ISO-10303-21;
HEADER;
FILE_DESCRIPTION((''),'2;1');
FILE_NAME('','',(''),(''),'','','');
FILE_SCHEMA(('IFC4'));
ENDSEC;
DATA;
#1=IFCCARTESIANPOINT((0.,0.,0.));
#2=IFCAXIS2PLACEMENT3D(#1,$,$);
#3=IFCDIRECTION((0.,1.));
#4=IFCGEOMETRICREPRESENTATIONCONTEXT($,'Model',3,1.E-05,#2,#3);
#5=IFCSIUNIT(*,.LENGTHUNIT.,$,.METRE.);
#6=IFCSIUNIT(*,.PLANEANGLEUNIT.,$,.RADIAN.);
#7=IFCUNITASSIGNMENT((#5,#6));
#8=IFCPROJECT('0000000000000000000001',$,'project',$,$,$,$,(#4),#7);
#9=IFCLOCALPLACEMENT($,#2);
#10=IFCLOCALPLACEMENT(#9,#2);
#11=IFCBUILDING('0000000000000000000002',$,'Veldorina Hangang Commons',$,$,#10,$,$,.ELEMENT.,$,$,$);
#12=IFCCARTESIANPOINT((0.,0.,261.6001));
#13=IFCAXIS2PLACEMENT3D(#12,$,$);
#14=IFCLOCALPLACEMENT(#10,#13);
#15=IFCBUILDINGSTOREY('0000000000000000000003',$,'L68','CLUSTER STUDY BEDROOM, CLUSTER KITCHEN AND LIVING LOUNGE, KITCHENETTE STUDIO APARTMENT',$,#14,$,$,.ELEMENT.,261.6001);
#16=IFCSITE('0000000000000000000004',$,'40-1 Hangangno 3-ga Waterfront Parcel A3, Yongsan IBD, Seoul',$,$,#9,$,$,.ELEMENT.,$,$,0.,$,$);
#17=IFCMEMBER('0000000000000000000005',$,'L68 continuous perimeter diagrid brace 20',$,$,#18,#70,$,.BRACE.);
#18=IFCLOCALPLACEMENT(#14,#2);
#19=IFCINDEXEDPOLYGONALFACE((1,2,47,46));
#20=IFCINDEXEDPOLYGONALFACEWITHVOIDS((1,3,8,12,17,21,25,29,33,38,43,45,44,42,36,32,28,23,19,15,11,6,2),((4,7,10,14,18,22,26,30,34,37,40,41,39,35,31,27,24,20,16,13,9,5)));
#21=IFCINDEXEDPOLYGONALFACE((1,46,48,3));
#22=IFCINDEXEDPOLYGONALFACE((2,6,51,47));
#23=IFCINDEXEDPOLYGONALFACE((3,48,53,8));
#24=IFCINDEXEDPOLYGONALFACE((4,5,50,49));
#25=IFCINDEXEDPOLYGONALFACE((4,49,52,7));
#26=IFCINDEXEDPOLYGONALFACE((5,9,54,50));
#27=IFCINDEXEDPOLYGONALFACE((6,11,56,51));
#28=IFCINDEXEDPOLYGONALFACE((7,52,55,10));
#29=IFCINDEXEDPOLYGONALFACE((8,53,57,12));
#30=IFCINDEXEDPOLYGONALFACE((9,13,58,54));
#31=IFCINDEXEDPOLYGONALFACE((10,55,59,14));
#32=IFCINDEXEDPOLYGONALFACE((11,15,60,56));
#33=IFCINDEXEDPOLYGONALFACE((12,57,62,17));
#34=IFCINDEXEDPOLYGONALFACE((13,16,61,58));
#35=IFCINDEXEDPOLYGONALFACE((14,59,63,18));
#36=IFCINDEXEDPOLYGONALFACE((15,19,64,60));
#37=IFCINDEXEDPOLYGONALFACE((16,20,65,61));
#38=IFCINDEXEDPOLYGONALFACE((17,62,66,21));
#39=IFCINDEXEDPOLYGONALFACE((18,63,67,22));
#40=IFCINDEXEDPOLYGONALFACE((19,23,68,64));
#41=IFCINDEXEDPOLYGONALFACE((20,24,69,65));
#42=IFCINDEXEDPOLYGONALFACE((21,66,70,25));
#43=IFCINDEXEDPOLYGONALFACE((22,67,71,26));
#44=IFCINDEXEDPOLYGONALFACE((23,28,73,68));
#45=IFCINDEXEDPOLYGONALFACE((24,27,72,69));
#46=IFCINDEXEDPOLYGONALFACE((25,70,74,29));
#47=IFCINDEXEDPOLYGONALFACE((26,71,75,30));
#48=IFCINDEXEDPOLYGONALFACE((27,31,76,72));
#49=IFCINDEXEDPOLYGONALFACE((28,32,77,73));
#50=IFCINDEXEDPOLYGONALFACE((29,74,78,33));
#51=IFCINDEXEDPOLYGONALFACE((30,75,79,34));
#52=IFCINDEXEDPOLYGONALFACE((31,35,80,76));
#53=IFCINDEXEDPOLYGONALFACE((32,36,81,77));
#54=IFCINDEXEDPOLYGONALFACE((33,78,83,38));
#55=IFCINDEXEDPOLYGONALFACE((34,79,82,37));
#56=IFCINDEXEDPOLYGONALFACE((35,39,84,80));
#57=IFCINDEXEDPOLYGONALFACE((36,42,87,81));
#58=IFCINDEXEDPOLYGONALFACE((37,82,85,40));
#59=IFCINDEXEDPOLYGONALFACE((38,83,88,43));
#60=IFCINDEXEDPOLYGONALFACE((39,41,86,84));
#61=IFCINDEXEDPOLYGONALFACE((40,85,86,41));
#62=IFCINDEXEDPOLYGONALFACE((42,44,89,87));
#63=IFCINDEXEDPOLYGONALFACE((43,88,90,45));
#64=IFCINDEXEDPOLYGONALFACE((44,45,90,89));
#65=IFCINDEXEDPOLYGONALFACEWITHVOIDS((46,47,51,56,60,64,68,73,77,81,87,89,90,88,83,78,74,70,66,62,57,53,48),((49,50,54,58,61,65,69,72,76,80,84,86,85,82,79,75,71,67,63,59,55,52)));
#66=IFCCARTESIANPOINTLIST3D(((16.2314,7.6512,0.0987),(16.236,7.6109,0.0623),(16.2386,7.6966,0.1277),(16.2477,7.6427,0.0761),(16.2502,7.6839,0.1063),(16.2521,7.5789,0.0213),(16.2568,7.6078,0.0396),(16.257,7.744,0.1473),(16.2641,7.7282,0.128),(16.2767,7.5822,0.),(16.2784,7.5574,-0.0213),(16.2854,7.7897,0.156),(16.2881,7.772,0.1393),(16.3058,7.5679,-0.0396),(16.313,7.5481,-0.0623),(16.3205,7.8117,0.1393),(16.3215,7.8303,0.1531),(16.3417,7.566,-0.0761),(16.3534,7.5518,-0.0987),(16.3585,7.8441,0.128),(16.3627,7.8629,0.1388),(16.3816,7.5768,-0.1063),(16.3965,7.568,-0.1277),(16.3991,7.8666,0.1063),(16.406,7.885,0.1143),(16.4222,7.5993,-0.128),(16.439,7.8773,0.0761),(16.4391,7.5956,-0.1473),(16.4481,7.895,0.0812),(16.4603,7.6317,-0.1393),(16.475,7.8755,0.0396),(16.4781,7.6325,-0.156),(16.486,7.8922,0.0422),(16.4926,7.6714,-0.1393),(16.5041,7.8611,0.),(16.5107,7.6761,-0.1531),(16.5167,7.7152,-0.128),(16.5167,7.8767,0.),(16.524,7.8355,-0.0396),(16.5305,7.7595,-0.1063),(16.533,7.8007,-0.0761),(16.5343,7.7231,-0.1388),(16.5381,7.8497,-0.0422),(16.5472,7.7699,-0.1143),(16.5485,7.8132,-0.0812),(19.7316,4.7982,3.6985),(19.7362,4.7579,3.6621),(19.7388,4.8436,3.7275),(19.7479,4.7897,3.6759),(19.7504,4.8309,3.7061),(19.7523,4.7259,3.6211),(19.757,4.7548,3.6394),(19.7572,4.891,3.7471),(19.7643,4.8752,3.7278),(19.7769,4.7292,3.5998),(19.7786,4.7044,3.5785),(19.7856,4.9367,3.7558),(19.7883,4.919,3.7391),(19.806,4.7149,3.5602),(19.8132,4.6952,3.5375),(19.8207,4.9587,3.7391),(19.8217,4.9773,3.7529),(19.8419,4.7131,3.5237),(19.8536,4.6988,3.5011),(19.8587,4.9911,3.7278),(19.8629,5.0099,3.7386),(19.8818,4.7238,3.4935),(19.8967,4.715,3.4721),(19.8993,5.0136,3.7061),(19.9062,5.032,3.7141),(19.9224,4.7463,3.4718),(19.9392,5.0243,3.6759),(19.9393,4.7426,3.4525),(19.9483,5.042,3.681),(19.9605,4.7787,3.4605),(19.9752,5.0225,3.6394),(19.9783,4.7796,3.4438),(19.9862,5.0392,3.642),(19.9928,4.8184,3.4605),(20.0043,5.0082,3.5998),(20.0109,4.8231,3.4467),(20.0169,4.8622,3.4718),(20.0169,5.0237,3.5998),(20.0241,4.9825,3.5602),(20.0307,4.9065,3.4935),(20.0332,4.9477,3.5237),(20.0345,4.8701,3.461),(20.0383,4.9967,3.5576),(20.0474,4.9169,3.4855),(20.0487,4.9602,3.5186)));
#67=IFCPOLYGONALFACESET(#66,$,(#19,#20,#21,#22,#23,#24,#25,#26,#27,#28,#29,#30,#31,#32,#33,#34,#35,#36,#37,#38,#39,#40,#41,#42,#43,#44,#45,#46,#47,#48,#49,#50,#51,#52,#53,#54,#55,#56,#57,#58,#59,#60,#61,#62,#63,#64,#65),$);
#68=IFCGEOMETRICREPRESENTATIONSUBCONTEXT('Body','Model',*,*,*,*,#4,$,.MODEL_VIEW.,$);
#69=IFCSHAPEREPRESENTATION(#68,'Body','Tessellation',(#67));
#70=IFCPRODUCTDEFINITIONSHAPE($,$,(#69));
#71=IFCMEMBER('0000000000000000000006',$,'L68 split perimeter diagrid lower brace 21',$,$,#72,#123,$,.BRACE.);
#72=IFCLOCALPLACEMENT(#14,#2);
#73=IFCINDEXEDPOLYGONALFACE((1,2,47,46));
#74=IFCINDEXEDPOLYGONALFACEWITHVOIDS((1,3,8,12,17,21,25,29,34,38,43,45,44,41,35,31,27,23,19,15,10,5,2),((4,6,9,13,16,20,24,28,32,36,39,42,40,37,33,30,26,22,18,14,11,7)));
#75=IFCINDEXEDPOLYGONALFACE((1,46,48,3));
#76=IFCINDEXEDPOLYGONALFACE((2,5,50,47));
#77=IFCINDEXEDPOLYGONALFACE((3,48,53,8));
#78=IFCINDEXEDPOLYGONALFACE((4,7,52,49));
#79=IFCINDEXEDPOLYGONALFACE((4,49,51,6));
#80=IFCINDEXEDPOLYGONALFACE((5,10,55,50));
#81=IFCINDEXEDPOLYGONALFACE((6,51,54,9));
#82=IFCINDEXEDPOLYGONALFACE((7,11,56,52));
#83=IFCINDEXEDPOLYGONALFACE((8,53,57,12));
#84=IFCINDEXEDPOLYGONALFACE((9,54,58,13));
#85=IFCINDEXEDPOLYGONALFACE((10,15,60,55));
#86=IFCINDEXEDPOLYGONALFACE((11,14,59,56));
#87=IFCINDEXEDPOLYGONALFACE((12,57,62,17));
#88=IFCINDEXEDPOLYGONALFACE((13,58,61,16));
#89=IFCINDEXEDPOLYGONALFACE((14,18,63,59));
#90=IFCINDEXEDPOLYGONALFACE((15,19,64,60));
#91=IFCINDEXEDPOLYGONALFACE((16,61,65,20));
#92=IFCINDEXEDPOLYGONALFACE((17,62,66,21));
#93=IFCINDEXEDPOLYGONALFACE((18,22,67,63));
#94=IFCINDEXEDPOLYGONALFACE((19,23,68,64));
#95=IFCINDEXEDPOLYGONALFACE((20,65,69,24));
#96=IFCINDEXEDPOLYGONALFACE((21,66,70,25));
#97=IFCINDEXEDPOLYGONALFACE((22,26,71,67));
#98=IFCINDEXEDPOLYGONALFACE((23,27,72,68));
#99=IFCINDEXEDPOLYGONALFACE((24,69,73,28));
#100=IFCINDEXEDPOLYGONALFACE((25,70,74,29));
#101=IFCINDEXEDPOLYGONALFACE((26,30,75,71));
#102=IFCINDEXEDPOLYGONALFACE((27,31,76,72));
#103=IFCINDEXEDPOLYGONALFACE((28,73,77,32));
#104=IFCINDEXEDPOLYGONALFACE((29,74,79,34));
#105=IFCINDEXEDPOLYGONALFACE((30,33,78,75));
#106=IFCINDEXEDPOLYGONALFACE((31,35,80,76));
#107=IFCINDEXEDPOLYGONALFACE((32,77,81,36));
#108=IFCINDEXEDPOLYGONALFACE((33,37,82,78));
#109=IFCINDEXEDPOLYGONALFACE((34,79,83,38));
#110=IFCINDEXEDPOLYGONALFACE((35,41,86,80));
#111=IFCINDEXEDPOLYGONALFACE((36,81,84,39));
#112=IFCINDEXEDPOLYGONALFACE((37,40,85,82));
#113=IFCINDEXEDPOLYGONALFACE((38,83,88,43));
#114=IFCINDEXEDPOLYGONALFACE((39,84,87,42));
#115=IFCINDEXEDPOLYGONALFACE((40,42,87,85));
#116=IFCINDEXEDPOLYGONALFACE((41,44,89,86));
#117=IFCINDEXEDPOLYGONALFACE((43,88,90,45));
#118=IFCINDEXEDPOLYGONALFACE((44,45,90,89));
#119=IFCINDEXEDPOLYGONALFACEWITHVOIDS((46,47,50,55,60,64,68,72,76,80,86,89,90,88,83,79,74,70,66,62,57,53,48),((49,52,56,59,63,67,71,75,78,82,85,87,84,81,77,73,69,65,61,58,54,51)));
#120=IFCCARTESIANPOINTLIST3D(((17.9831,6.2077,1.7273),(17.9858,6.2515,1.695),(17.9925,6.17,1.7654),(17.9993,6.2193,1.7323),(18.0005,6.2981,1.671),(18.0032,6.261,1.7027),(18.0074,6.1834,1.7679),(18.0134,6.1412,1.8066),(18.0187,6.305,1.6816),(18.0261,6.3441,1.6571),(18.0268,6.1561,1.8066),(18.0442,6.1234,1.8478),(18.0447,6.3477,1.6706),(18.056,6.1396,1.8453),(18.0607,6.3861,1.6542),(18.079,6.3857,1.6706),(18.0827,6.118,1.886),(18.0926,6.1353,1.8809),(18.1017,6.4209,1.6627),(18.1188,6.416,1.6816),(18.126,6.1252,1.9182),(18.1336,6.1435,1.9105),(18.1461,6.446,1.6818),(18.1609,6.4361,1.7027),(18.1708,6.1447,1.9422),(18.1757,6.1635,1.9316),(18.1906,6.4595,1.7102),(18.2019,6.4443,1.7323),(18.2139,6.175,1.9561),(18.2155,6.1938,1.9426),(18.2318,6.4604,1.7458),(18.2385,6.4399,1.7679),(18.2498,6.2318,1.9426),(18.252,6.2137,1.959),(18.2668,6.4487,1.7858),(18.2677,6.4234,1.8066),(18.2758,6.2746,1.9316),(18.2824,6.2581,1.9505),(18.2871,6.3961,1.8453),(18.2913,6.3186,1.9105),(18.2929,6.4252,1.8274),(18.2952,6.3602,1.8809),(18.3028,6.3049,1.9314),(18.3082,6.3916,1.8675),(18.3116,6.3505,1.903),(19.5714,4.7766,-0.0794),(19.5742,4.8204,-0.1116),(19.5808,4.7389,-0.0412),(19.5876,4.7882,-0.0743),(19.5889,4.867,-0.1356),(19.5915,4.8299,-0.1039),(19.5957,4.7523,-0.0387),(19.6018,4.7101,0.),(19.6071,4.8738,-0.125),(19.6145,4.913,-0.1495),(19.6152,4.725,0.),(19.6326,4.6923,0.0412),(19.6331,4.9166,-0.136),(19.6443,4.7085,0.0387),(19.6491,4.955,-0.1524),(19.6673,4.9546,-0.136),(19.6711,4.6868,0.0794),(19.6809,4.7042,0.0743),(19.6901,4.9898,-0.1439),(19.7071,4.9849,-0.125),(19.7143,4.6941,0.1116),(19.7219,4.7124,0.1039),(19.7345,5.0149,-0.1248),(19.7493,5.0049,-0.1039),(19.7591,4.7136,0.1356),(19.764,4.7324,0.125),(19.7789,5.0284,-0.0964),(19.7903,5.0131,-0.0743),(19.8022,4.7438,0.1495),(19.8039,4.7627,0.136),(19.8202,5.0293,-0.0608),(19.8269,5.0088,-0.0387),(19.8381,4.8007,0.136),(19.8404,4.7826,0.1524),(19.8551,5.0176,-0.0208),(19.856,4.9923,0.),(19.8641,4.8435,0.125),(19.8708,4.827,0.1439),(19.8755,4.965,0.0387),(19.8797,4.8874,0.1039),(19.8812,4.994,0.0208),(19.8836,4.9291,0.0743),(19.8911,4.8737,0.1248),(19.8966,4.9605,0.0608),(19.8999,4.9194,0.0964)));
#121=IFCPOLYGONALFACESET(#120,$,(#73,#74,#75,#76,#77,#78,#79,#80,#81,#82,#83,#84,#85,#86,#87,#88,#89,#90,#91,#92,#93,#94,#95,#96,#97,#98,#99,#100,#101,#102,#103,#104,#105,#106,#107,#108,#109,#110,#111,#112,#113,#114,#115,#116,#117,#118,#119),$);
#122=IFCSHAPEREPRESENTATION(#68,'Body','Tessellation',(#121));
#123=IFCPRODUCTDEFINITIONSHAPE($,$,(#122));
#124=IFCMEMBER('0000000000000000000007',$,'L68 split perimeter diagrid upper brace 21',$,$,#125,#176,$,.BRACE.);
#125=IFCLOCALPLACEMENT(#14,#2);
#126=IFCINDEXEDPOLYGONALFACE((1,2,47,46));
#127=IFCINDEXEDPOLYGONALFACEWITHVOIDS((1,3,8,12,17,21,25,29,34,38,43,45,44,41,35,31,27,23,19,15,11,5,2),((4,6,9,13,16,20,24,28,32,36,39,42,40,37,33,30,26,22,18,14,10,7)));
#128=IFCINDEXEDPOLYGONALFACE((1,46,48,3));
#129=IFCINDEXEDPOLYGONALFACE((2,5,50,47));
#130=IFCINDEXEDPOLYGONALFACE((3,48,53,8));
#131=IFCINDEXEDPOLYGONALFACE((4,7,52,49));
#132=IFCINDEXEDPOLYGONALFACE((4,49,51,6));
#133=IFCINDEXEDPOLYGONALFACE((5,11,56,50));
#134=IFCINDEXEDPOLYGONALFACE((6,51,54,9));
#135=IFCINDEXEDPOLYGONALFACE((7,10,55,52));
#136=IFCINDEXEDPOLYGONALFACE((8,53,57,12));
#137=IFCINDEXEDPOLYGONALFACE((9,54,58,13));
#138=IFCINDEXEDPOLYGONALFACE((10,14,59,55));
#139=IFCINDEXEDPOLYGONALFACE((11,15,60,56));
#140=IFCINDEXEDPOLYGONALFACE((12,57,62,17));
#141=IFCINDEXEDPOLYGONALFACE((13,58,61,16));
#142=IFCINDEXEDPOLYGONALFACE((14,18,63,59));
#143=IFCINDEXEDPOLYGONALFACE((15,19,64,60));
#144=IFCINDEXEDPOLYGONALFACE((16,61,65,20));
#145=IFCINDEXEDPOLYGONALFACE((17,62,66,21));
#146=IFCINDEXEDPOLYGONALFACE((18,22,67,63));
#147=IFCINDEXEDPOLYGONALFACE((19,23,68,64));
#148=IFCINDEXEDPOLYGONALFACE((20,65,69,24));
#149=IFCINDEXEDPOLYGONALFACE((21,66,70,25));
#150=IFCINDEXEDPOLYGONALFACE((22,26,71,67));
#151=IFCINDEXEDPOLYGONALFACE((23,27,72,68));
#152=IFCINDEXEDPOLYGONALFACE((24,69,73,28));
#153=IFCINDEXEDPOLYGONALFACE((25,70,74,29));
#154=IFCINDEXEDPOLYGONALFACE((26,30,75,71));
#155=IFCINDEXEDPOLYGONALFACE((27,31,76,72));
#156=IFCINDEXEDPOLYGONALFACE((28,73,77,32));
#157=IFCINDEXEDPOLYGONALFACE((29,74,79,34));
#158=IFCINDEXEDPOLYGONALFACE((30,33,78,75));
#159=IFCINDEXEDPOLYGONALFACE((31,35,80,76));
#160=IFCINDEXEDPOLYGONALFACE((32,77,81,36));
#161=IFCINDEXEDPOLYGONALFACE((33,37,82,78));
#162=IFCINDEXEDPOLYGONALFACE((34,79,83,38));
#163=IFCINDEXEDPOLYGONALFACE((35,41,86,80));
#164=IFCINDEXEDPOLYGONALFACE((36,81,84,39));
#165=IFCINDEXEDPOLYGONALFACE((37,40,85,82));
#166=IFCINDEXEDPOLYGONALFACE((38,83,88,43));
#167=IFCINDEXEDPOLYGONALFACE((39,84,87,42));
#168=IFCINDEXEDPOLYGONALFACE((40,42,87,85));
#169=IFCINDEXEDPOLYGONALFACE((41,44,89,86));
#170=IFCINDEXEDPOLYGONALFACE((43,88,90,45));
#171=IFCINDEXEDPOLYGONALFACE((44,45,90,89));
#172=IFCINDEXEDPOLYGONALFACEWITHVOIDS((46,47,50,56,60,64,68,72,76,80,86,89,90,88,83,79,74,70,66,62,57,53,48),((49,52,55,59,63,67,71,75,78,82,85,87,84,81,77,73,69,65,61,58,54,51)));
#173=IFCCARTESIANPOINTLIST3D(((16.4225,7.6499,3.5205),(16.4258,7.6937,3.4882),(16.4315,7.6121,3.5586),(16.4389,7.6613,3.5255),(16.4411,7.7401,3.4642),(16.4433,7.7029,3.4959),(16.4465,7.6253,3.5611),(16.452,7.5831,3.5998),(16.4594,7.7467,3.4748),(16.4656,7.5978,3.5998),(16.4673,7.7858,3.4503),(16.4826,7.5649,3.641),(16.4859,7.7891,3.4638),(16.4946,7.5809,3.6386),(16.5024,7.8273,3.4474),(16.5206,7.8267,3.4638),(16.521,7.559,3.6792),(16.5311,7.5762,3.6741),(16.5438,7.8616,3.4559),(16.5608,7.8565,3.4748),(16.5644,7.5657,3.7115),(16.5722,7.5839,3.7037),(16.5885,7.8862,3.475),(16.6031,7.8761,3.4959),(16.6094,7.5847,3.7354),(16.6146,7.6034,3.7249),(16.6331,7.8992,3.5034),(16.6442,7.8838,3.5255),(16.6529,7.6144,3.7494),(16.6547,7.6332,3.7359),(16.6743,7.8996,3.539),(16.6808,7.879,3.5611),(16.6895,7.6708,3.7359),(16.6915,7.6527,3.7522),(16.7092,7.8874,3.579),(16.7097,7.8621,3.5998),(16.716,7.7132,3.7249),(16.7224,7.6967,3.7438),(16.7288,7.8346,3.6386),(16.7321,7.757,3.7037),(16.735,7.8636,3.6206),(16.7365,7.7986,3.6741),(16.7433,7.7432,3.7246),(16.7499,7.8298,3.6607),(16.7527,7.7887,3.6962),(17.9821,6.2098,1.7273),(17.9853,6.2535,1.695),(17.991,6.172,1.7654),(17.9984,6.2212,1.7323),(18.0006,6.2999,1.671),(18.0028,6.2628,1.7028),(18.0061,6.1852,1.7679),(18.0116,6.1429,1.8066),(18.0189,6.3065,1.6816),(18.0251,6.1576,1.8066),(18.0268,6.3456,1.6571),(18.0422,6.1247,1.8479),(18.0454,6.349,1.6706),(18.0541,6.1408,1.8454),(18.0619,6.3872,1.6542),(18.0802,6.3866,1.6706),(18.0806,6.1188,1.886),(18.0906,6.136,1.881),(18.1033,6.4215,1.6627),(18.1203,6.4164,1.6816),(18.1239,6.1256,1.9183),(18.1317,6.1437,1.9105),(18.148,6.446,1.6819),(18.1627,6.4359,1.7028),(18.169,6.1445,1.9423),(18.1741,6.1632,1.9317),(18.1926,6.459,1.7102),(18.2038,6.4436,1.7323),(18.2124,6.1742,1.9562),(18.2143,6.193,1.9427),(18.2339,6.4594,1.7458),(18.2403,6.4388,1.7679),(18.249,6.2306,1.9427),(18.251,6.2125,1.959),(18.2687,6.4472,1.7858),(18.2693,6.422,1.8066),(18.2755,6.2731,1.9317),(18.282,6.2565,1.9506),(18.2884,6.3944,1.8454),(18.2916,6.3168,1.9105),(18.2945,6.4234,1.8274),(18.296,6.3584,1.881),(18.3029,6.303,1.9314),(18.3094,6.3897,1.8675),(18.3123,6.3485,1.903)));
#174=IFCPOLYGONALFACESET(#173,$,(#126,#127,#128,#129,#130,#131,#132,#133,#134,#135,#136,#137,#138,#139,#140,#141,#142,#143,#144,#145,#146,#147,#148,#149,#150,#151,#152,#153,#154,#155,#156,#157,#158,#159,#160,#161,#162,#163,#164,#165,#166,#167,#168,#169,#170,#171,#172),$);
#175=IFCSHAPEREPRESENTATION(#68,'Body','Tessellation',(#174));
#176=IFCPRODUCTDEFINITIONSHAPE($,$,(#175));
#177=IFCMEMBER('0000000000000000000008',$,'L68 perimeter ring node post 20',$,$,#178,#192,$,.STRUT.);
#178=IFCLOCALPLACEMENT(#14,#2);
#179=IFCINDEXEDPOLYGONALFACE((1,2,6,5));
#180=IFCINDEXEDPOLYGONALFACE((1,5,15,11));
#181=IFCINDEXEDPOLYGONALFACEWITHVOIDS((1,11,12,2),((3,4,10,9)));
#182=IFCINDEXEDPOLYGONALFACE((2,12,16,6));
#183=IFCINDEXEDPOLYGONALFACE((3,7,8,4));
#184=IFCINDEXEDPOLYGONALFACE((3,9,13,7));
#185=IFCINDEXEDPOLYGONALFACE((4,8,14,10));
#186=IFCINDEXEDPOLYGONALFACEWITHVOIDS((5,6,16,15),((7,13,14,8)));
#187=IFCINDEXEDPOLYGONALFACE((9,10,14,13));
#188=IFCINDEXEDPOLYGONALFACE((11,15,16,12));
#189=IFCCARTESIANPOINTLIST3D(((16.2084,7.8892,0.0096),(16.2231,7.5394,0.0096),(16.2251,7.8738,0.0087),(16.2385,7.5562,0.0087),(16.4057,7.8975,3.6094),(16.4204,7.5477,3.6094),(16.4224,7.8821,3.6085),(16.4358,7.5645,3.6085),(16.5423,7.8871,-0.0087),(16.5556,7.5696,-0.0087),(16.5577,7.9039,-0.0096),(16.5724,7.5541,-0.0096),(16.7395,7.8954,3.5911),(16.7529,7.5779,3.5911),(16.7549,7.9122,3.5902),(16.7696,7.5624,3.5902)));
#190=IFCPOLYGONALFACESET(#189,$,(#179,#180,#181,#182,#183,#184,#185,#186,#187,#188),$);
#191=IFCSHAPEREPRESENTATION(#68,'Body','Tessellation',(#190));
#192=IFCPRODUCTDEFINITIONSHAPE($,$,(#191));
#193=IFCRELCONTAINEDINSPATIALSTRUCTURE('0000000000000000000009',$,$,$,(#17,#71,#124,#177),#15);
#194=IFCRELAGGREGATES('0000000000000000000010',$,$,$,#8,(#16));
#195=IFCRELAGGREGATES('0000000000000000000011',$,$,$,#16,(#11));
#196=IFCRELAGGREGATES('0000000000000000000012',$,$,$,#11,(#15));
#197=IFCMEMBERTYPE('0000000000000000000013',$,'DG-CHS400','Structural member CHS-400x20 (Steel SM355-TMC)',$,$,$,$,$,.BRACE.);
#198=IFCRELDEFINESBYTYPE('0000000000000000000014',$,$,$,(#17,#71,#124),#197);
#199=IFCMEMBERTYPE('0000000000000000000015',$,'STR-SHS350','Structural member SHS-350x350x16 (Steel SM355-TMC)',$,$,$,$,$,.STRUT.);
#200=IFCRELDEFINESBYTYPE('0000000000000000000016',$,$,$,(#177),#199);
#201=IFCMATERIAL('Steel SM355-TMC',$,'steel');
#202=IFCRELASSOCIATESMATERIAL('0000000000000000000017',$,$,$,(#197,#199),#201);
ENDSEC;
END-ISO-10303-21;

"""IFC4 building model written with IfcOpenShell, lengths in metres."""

from ifc_helpers import new_model, si_unit, direction, frame, origin, origin_2d, place, context, subcontext, project, spatial, hollow_rectangle, hollow_circle, extrude, material, material_profile, profile_set, type_object, element, save


model = new_model("IFC4")

# Units and contexts
model_context = context("Model", 3, precision=1e-05, world=origin(), true_north=direction((0.0, 1.0)))
body_context = subcontext(model_context, "Body", "Model", "MODEL_VIEW")
ifc_project = project(units=[si_unit("LENGTHUNIT", "METRE"), si_unit("PLANEANGLEUNIT", "RADIAN")], contexts=[model_context])

# Site, building, storey
site_placement = place(None, origin())
site = spatial("IfcSite", under=ifc_project, at=site_placement, Name="40-1 Hangangno 3-ga Waterfront Parcel A3, Yongsan IBD, Seoul", CompositionType="ELEMENT", RefElevation=0.0)
building_placement = place(site_placement, origin())
building = spatial("IfcBuilding", under=site, at=building_placement, Name="Veldorina Hangang Commons", CompositionType="ELEMENT")
storey_placement = place(building_placement, frame((0.0, 0.0, 261.6001)))
storey = spatial("IfcBuildingStorey", under=building, at=storey_placement, Name="L68", Description="CLUSTER STUDY BEDROOM, CLUSTER KITCHEN AND LIVING LOUNGE, KITCHENETTE STUDIO APARTMENT", CompositionType="ELEMENT", Elevation=261.6001)

# Shared definitions
ifc_material_1 = material(Name="Steel SM355-TMC", Category="steel")

# Members
ifc_material_profile_1 = material_profile(ifc_material_1, hollow_circle(Radius=0.2, WallThickness=0.02, at=origin_2d()), Name="CHS-400x20")
ifc_profile_set_1 = profile_set([ifc_material_profile_1], Name="Steel SM355-TMC")
member_type_1 = type_object("IfcMemberType", Name="DG-CHS400", Description="Structural member CHS-400x20 (Steel SM355-TMC)", PredefinedType="BRACE", material=ifc_profile_set_1)
member_1_placement = place(storey_placement, frame((16.3904, 7.7217, 0.0), z_axis=(0.606105, -0.494032, 0.623353), x_axis=(0.631803, 0.775129, 0.0)))
element("IfcMember", 1, at=member_1_placement, inside=storey, type_object=member_type_1, Name="L68 continuous perimeter diagrid brace 20", PredefinedType="BRACE", context=body_context, shape_type="SweptSolid", body=[
    extrude(hollow_circle(Radius=0.2, WallThickness=0.02, at=origin_2d()), origin(), (0.0, 0.0, 1.0), 5.7749),
])
member_2_placement = place(storey_placement, frame((19.7356, 4.8586, 0.0), z_axis=(-0.567456, 0.511286, 0.645431), x_axis=(-0.669381, -0.742919, 0.0)))
element("IfcMember", 2, at=member_2_placement, inside=storey, type_object=member_type_1, Name="L68 split perimeter diagrid lower brace 21", PredefinedType="BRACE", context=body_context, shape_type="SweptSolid", body=[
    extrude(hollow_circle(Radius=0.2, WallThickness=0.02, at=origin_2d()), origin(), (0.0, 0.0, 1.0), 2.7991),
])
member_3_placement = place(storey_placement, frame((18.1472, 6.2898, 1.8066), z_axis=(-0.561229, 0.518267, 0.645308), x_axis=(-0.678428, -0.734667, 0.0)))
element("IfcMember", 3, at=member_3_placement, inside=storey, type_object=member_type_1, Name="L68 split perimeter diagrid upper brace 21", PredefinedType="BRACE", context=body_context, shape_type="SweptSolid", body=[
    extrude(hollow_circle(Radius=0.2, WallThickness=0.02, at=origin_2d()), origin(), (0.0, 0.0, 1.0), 2.7788),
])
ifc_material_profile_2 = material_profile(ifc_material_1, hollow_rectangle(XDim=0.3501, YDim=0.3501, WallThickness=0.0161, at=origin_2d()), Name="SHS-350x350x16")
ifc_profile_set_2 = profile_set([ifc_material_profile_2], Name="Steel SM355-TMC")
member_type_2 = type_object("IfcMemberType", Name="STR-SHS350", Description="Structural member SHS-350x350x16 (Steel SM355-TMC)", PredefinedType="STRUT", material=ifc_profile_set_2)
member_4_placement = place(storey_placement, frame((16.3904, 7.7217, 0.0), z_axis=(0.054716, 0.002302, 0.998499), x_axis=(-0.042042, 0.999116, 0.0)))
element("IfcMember", 4, at=member_4_placement, inside=storey, type_object=member_type_2, Name="L68 perimeter ring node post 20", PredefinedType="STRUT", context=body_context, shape_type="SweptSolid", body=[
    extrude(hollow_rectangle(XDim=0.3501, YDim=0.3501, WallThickness=0.0161, at=origin_2d()), origin(), (0.0, 0.0, 1.0), 3.6052),
])

save(model, "model.ifc")
